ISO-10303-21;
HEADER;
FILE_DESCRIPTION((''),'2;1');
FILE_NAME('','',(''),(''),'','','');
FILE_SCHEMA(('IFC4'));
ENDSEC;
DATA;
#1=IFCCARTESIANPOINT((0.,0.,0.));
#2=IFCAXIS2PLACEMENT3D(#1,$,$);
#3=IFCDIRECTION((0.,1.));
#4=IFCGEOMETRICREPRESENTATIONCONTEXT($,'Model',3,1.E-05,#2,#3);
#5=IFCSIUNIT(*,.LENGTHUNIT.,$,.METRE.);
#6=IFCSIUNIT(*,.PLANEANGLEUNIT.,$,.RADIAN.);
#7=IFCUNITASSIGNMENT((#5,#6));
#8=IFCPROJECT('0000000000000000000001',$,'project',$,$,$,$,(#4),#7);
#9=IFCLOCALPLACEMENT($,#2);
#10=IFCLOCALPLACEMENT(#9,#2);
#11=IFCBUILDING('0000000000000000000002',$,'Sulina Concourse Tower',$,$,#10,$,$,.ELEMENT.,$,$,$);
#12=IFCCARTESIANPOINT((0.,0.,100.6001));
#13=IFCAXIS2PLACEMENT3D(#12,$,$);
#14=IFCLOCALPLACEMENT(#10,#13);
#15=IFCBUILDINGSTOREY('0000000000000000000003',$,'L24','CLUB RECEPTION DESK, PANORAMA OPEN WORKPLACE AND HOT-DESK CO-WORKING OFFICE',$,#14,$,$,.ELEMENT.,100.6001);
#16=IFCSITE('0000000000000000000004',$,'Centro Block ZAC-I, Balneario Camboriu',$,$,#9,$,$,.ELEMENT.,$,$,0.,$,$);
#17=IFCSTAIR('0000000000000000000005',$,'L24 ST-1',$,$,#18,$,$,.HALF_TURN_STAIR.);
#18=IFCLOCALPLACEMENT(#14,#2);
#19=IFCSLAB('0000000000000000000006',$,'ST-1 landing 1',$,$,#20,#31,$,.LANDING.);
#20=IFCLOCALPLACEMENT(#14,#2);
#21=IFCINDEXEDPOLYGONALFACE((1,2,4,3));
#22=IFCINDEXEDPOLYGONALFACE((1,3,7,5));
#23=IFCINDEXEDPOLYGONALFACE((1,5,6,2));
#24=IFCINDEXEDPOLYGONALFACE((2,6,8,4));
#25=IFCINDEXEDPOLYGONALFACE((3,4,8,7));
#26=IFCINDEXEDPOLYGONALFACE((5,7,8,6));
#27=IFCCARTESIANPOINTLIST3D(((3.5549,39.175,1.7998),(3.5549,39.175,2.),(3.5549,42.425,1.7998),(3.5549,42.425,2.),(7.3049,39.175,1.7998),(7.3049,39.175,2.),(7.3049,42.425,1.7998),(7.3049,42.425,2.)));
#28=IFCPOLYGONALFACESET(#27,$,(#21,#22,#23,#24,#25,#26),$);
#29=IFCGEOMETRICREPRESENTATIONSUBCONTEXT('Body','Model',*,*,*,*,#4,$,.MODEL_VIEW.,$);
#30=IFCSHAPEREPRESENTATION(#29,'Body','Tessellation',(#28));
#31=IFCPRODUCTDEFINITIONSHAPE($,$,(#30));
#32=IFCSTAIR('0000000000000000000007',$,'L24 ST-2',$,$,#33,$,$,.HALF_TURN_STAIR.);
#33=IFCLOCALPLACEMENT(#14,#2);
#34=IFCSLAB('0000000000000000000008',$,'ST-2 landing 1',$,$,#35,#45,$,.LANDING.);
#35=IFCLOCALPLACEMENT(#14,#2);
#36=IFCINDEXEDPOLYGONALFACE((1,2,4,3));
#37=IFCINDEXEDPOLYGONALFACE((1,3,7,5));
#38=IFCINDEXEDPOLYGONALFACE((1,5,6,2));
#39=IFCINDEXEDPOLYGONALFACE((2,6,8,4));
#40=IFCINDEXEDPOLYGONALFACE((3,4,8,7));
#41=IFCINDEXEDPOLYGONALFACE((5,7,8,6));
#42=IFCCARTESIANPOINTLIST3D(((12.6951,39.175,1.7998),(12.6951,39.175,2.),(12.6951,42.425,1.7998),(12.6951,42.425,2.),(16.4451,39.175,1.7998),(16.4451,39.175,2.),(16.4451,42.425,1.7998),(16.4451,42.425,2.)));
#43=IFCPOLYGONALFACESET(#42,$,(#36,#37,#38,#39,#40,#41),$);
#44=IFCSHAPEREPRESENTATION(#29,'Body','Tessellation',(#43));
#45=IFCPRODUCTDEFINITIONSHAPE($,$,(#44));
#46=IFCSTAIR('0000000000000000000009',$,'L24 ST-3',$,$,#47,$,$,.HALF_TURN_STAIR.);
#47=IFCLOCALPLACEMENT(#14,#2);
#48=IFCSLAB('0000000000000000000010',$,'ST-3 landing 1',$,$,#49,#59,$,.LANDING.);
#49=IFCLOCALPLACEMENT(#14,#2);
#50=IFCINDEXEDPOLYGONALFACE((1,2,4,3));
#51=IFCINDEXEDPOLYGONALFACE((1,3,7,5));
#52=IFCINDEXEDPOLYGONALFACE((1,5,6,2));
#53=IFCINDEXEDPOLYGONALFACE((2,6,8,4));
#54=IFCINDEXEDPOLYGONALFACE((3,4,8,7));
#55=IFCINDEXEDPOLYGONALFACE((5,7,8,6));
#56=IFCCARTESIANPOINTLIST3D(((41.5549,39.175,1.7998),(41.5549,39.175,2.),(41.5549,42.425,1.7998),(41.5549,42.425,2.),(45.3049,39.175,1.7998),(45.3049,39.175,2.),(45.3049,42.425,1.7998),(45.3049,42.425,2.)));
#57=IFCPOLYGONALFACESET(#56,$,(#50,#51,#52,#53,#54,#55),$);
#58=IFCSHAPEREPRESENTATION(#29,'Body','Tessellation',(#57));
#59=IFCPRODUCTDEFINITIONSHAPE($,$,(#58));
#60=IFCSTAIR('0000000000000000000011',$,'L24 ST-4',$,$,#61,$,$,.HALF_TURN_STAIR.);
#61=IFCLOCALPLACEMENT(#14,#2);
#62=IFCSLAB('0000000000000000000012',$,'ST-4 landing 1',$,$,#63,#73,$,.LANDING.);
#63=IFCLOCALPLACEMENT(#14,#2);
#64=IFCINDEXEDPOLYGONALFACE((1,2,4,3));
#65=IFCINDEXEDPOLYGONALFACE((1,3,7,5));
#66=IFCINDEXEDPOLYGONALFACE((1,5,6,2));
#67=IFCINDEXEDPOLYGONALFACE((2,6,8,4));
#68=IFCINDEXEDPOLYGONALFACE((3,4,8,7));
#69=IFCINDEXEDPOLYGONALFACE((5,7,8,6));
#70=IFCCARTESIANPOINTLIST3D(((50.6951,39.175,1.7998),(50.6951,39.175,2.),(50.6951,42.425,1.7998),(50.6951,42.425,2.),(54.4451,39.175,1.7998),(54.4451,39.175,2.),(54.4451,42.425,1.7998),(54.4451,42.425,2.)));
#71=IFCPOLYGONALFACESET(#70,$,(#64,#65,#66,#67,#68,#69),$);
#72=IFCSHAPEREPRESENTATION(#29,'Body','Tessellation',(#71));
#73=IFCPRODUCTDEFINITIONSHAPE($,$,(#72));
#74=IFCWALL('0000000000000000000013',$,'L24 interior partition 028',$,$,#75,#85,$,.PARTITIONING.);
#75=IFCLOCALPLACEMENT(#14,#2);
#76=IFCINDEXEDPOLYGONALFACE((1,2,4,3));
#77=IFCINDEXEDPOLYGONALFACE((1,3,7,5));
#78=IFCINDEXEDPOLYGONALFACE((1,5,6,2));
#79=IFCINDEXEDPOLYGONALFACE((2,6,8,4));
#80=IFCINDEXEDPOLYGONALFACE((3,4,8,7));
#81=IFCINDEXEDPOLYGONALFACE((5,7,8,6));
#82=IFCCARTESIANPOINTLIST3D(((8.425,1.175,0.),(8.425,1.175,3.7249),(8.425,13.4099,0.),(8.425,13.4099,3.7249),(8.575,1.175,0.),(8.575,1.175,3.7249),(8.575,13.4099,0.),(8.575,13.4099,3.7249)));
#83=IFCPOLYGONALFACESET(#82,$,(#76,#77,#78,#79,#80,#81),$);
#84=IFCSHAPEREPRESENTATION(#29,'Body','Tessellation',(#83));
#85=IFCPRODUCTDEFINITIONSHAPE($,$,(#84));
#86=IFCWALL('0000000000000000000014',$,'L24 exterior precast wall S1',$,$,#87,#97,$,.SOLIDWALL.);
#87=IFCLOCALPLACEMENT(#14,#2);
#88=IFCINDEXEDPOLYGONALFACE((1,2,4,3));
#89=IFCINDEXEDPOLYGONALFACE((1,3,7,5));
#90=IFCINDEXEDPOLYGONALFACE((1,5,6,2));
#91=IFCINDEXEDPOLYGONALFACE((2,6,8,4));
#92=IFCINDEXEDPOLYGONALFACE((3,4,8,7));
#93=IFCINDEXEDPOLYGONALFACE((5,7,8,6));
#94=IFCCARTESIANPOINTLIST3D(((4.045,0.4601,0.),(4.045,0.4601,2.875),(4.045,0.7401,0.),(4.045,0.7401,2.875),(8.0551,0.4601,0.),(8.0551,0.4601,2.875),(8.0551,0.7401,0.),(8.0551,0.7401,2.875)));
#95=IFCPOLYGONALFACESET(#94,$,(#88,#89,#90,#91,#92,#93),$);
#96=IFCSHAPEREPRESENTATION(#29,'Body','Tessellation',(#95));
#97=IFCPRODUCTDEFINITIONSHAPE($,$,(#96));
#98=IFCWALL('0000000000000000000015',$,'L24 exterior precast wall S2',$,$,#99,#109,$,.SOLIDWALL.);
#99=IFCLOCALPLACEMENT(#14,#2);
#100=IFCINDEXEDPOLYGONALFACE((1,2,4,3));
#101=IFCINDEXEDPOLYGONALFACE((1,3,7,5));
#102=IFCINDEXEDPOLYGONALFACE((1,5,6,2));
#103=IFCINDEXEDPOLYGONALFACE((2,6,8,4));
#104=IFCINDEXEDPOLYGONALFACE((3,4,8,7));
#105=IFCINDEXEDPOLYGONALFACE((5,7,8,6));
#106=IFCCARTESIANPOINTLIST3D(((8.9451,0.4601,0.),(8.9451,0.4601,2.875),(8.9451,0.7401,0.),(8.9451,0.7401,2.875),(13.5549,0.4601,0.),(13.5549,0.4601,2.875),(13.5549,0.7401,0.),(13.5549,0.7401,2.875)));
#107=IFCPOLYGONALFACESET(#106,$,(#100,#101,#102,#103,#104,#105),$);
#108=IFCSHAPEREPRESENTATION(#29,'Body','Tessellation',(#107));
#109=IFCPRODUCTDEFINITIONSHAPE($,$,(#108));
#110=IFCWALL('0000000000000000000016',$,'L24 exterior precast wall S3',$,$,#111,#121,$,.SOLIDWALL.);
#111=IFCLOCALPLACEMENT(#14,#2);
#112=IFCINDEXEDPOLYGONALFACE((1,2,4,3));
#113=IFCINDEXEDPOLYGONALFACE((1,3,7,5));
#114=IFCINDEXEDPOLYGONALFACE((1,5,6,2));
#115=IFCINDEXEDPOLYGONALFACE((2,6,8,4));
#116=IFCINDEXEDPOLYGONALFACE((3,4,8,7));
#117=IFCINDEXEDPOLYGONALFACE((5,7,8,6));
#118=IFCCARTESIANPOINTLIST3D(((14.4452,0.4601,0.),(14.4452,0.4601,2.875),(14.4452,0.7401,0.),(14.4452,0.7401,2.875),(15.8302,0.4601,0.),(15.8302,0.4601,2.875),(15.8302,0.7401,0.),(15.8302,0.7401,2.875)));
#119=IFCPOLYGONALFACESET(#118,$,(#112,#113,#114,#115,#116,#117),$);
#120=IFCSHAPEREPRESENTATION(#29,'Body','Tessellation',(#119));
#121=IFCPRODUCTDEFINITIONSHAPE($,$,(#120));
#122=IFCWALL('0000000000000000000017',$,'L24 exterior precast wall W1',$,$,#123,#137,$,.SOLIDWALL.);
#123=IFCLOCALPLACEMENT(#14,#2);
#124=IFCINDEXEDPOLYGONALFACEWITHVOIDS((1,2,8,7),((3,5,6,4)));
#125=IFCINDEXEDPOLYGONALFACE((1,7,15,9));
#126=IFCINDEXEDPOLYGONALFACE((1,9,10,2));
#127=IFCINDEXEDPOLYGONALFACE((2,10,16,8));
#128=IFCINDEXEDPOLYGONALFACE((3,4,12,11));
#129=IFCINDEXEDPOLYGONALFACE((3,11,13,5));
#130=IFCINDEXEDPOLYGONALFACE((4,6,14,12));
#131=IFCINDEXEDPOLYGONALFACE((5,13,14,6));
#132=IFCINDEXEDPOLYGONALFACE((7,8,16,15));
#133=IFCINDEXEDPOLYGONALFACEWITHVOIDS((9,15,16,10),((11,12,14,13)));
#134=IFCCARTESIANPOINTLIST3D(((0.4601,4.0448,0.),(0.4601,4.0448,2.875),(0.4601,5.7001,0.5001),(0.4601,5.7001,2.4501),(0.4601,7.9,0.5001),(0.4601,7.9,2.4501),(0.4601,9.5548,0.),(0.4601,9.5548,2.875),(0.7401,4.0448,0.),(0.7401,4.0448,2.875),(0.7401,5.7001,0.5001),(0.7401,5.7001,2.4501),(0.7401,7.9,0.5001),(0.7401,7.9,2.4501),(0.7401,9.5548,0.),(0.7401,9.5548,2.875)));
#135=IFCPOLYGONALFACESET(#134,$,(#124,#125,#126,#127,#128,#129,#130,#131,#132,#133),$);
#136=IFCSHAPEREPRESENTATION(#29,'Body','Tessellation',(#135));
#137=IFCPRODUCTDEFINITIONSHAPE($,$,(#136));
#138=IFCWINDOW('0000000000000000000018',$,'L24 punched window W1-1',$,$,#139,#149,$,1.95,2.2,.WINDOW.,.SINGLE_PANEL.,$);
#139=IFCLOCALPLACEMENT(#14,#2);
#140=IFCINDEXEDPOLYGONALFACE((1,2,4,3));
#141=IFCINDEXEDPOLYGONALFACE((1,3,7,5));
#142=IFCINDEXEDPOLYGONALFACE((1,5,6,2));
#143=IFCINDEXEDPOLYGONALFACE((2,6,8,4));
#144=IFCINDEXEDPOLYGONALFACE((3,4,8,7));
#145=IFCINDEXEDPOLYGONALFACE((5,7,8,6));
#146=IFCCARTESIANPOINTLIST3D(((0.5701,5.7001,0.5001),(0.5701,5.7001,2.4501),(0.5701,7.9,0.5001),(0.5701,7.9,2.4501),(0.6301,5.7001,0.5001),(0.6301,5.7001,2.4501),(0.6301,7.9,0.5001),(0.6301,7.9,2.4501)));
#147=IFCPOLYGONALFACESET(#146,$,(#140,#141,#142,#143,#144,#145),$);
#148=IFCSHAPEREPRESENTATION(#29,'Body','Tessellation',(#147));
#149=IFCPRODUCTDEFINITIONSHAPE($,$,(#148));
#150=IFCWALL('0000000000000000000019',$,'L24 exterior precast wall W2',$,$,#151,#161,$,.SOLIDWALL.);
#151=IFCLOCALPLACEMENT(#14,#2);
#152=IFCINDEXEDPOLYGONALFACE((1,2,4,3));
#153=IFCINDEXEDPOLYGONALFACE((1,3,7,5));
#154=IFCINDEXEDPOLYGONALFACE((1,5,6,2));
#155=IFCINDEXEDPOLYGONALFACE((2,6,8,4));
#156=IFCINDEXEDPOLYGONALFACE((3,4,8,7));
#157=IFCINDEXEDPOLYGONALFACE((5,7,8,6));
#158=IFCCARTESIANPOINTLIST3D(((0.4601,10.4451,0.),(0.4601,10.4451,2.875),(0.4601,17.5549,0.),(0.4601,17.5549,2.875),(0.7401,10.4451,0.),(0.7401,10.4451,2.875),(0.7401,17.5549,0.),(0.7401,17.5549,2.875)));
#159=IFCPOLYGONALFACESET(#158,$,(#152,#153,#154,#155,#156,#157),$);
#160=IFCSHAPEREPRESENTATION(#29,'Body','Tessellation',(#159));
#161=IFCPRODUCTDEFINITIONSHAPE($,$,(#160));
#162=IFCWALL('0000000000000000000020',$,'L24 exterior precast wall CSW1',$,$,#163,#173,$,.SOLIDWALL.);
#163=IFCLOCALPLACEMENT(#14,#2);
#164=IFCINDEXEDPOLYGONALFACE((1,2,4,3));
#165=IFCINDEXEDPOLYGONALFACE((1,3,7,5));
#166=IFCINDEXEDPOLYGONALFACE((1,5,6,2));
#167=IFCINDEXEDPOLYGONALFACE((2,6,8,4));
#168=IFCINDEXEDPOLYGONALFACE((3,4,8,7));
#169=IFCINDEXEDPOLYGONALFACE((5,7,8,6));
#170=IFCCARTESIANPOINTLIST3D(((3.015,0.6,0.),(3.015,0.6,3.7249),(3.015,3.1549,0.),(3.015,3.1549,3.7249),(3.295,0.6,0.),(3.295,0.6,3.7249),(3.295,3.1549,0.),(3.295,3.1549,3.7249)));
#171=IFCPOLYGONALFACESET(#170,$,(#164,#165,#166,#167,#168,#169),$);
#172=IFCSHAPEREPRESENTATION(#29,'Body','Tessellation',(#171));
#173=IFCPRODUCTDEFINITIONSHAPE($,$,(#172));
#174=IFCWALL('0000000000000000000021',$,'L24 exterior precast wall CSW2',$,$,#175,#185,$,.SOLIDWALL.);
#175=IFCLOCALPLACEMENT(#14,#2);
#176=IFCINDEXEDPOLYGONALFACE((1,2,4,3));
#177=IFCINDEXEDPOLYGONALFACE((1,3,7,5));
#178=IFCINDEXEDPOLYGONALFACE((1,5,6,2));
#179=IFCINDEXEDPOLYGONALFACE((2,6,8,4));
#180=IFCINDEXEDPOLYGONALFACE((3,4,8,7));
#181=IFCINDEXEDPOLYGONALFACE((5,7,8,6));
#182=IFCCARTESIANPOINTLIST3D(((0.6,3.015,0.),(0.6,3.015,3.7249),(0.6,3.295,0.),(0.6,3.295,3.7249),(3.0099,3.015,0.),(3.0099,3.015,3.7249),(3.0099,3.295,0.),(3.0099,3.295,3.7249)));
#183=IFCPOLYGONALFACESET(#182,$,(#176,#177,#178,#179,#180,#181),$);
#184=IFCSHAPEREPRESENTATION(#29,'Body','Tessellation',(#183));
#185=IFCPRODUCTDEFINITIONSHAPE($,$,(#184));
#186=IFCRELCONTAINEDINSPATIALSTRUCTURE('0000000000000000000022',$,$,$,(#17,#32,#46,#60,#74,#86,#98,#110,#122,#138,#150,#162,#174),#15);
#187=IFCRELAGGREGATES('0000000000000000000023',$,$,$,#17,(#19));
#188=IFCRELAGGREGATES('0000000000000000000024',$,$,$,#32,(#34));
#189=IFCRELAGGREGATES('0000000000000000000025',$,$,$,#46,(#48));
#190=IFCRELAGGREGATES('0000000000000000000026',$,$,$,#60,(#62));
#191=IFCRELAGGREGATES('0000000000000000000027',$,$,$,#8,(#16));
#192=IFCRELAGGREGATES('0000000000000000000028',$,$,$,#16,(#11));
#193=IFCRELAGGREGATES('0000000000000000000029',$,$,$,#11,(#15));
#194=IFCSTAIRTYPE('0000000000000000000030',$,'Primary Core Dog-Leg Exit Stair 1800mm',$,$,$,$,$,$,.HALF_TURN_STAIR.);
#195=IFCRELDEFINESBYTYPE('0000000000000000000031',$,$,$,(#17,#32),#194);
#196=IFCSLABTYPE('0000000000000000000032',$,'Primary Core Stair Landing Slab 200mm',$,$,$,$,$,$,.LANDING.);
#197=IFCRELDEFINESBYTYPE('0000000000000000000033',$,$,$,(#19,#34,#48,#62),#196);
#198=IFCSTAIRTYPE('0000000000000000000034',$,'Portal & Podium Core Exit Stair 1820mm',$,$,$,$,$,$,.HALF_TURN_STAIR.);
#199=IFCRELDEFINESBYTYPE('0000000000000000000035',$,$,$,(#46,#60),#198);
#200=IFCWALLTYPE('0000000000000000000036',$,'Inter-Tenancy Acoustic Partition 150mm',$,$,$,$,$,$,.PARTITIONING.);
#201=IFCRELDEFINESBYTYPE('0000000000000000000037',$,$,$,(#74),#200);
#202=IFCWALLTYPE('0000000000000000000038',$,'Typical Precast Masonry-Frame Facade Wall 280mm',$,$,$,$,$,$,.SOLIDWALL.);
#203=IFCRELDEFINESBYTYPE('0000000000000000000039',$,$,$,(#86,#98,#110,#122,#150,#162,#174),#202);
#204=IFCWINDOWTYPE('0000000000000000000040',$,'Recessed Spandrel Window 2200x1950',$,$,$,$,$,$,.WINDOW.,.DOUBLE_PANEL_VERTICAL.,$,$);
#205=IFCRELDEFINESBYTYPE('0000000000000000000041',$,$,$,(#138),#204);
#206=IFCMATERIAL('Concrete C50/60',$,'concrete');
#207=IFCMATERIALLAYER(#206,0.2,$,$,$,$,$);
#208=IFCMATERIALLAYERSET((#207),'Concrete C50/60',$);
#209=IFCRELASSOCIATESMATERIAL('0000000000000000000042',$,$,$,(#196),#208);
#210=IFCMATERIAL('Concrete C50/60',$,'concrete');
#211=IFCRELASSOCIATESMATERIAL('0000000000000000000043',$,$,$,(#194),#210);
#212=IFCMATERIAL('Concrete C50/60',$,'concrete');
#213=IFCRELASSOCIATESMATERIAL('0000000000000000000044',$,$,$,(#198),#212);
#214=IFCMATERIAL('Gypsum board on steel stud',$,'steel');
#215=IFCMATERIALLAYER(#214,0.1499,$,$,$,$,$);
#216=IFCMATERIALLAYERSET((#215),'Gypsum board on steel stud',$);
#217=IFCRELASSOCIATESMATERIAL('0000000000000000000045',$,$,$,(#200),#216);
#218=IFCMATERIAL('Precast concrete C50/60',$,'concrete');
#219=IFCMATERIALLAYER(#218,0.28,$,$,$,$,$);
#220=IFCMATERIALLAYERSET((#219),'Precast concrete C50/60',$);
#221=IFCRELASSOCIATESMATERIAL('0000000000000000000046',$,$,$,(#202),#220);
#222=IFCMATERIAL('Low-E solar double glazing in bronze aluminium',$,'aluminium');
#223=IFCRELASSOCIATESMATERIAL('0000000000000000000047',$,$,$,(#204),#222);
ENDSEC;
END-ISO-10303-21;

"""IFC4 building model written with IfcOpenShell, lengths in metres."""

from ifc_helpers import new_model, si_unit, direction, frame, frame_2d, origin, place, context, subcontext, project, spatial, polyline, rectangle, outline, extrude, material, layer, layer_set, type_object, element, fill, aggregate, save


model = new_model("IFC4")

# Units and contexts
model_context = context("Model", 3, precision=1e-05, world=origin(), true_north=direction((0.0, 1.0)))
body_context = subcontext(model_context, "Body", "Model", "MODEL_VIEW")
ifc_project = project(units=[si_unit("LENGTHUNIT", "METRE"), si_unit("PLANEANGLEUNIT", "RADIAN")], contexts=[model_context])

# Site, building, storey
site_placement = place(None, origin())
site = spatial("IfcSite", under=ifc_project, at=site_placement, Name="Centro Block ZAC-I, Balneario Camboriu", CompositionType="ELEMENT", RefElevation=0.0)
building_placement = place(site_placement, origin())
building = spatial("IfcBuilding", under=site, at=building_placement, Name="Sulina Concourse Tower", CompositionType="ELEMENT")
storey_placement = place(building_placement, frame((0.0, 0.0, 100.6001)))
storey = spatial("IfcBuildingStorey", under=building, at=storey_placement, Name="L24", Description="CLUB RECEPTION DESK, PANORAMA OPEN WORKPLACE AND HOT-DESK CO-WORKING OFFICE", CompositionType="ELEMENT", Elevation=100.6001)

# Shared definitions
ifc_material_1 = material(Name="Concrete C50/60", Category="concrete")
ifc_layer_1 = layer(ifc_material_1, 0.2)
ifc_layer_set_1 = layer_set([ifc_layer_1], Name="Concrete C50/60")
slab_type_1 = type_object("IfcSlabType", Name="Primary Core Stair Landing Slab 200mm", PredefinedType="LANDING", material=ifc_layer_set_1)

# Stairs, slabs
ifc_material_2 = material(Name="Concrete C50/60", Category="concrete")
stair_type_1 = type_object("IfcStairType", Name="Primary Core Dog-Leg Exit Stair 1800mm", PredefinedType="HALF_TURN_STAIR", material=ifc_material_2)
stair_1_placement = place(storey_placement, origin())
stair_1 = element("IfcStair", 1, at=stair_1_placement, inside=storey, type_object=stair_type_1, Name="L24 ST-1", PredefinedType="HALF_TURN_STAIR")
slab_1_placement = place(storey_placement, frame((0.0, 0.0, 1.7998)))
slab_1 = element("IfcSlab", 2, at=slab_1_placement, type_object=slab_type_1, Name="ST-1 landing 1", PredefinedType="LANDING", context=body_context, shape_type="SweptSolid", body=[
    extrude(outline(polyline([(7.3049, 39.175), (7.3049, 42.425), (3.5549, 42.425), (3.5549, 39.175), (7.3049, 39.175)])), origin(), (0.0, 0.0, 1.0), 0.2002),
])
aggregate(stair_1, [slab_1])
stair_2_placement = place(storey_placement, origin())
stair_2 = element("IfcStair", 3, at=stair_2_placement, inside=storey, type_object=stair_type_1, Name="L24 ST-2", PredefinedType="HALF_TURN_STAIR")
slab_2_placement = place(storey_placement, frame((0.0, 0.0, 1.7998)))
slab_2 = element("IfcSlab", 4, at=slab_2_placement, type_object=slab_type_1, Name="ST-2 landing 1", PredefinedType="LANDING", context=body_context, shape_type="SweptSolid", body=[
    extrude(outline(polyline([(16.4451, 39.175), (16.4451, 42.425), (12.6951, 42.425), (12.6951, 39.175), (16.4451, 39.175)])), origin(), (0.0, 0.0, 1.0), 0.2002),
])
aggregate(stair_2, [slab_2])
ifc_material_3 = material(Name="Concrete C50/60", Category="concrete")
stair_type_2 = type_object("IfcStairType", Name="Portal & Podium Core Exit Stair 1820mm", PredefinedType="HALF_TURN_STAIR", material=ifc_material_3)
stair_3_placement = place(storey_placement, origin())
stair_3 = element("IfcStair", 5, at=stair_3_placement, inside=storey, type_object=stair_type_2, Name="L24 ST-3", PredefinedType="HALF_TURN_STAIR")
slab_3_placement = place(storey_placement, frame((0.0, 0.0, 1.7998)))
slab_3 = element("IfcSlab", 6, at=slab_3_placement, type_object=slab_type_1, Name="ST-3 landing 1", PredefinedType="LANDING", context=body_context, shape_type="SweptSolid", body=[
    extrude(outline(polyline([(45.3049, 39.175), (45.3049, 42.425), (41.5549, 42.425), (41.5549, 39.175), (45.3049, 39.175)])), origin(), (0.0, 0.0, 1.0), 0.2002),
])
aggregate(stair_3, [slab_3])
stair_4_placement = place(storey_placement, origin())
stair_4 = element("IfcStair", 7, at=stair_4_placement, inside=storey, type_object=stair_type_2, Name="L24 ST-4", PredefinedType="HALF_TURN_STAIR")
slab_4_placement = place(storey_placement, frame((0.0, 0.0, 1.7998)))
slab_4 = element("IfcSlab", 8, at=slab_4_placement, type_object=slab_type_1, Name="ST-4 landing 1", PredefinedType="LANDING", context=body_context, shape_type="SweptSolid", body=[
    extrude(outline(polyline([(54.4451, 39.175), (54.4451, 42.425), (50.6951, 42.425), (50.6951, 39.175), (54.4451, 39.175)])), origin(), (0.0, 0.0, 1.0), 0.2002),
])
aggregate(stair_4, [slab_4])

# Walls
ifc_material_4 = material(Name="Gypsum board on steel stud", Category="steel")
ifc_layer_2 = layer(ifc_material_4, 0.1499)
ifc_layer_set_2 = layer_set([ifc_layer_2], Name="Gypsum board on steel stud")
wall_type_1 = type_object("IfcWallType", Name="Inter-Tenancy Acoustic Partition 150mm", PredefinedType="PARTITIONING", material=ifc_layer_set_2)
wall_1_placement = place(storey_placement, frame((8.5, 1.175, 0.0), z_axis=(0.0, 0.0, 1.0), x_axis=(0.0, 1.0, 0.0)))
element("IfcWall", 9, at=wall_1_placement, inside=storey, type_object=wall_type_1, Name="L24 interior partition 028", PredefinedType="PARTITIONING", context=body_context, shape_type="SweptSolid", body=[
    extrude(rectangle(XDim=12.2349, YDim=0.1499, at=frame_2d((6.1174, 0.0))), origin(), (0.0, 0.0, 1.0), 3.7249),
])
ifc_material_5 = material(Name="Precast concrete C50/60", Category="concrete")
ifc_layer_3 = layer(ifc_material_5, 0.28)
ifc_layer_set_3 = layer_set([ifc_layer_3], Name="Precast concrete C50/60")
wall_type_2 = type_object("IfcWallType", Name="Typical Precast Masonry-Frame Facade Wall 280mm", PredefinedType="SOLIDWALL", material=ifc_layer_set_3)
wall_2_placement = place(storey_placement, frame((8.0549, 0.6001, 0.0), z_axis=(0.0, 0.0, 1.0), x_axis=(-1.0, 0.0, 0.0)))
element("IfcWall", 10, at=wall_2_placement, inside=storey, type_object=wall_type_2, Name="L24 exterior precast wall S1", PredefinedType="SOLIDWALL", context=body_context, shape_type="SweptSolid", body=[
    extrude(rectangle(XDim=4.01, YDim=0.28, at=frame_2d((2.0049, 0.0))), origin(), (0.0, 0.0, 1.0), 2.875),
])
wall_3_placement = place(storey_placement, frame((13.5549, 0.6001, 0.0), z_axis=(0.0, 0.0, 1.0), x_axis=(-1.0, 0.0, 0.0)))
element("IfcWall", 11, at=wall_3_placement, inside=storey, type_object=wall_type_2, Name="L24 exterior precast wall S2", PredefinedType="SOLIDWALL", context=body_context, shape_type="SweptSolid", body=[
    extrude(rectangle(XDim=4.6099, YDim=0.28, at=frame_2d((2.3049, 0.0))), origin(), (0.0, 0.0, 1.0), 2.875),
])
wall_4_placement = place(storey_placement, frame((15.8301, 0.6001, 0.0), z_axis=(0.0, 0.0, 1.0), x_axis=(-1.0, 0.0, 0.0)))
element("IfcWall", 12, at=wall_4_placement, inside=storey, type_object=wall_type_2, Name="L24 exterior precast wall S3", PredefinedType="SOLIDWALL", context=body_context, shape_type="SweptSolid", body=[
    extrude(rectangle(XDim=1.385, YDim=0.28, at=frame_2d((0.6924, 0.0))), origin(), (0.0, 0.0, 1.0), 2.875),
])

# Wall, opening, window
wall_5_placement = place(storey_placement, frame((0.6001, 4.0449, 0.0), z_axis=(0.0, 0.0, 1.0), x_axis=(0.0, 1.0, 0.0)))
wall_5 = element("IfcWall", 13, at=wall_5_placement, inside=storey, type_object=wall_type_2, Name="L24 exterior precast wall W1", PredefinedType="SOLIDWALL", context=body_context, shape_type="SweptSolid", body=[
    extrude(rectangle(XDim=5.51, YDim=0.28, at=frame_2d((2.7549, 0.0))), origin(), (0.0, 0.0, 1.0), 2.875),
])
opening_placement = place(wall_5_placement, frame((1.655, 0.0, 0.5)))
opening = element("IfcOpeningElement", 14, at=opening_placement, cuts=wall_5, PredefinedType="OPENING", context=body_context, shape_type="SweptSolid", body=[
    extrude(rectangle(XDim=2.2, YDim=1.95, at=frame_2d((1.1001, 0.9751))), frame((0.0, 0.1499, 0.0), z_axis=(0.0, -1.0, 0.0), x_axis=(1.0, 0.0, 0.0)), (0.0, 0.0, 1.0), 0.3),
])
ifc_material_6 = material(Name="Low-E solar double glazing in bronze aluminium", Category="aluminium")
window_type = type_object("IfcWindowType", Name="Recessed Spandrel Window 2200x1950", PartitioningType="DOUBLE_PANEL_VERTICAL", PredefinedType="WINDOW", material=ifc_material_6)
window_placement = place(opening_placement, origin())
window = element("IfcWindow", 15, at=window_placement, inside=storey, type_object=window_type, Name="L24 punched window W1-1", OverallHeight=1.95, OverallWidth=2.2, PartitioningType="SINGLE_PANEL", PredefinedType="WINDOW", context=body_context, shape_type="SweptSolid", body=[
    extrude(rectangle(XDim=2.2, YDim=1.95, at=frame_2d((1.1001, 0.9751))), frame((0.0, 0.03, 0.0), z_axis=(0.0, -1.0, 0.0), x_axis=(1.0, 0.0, 0.0)), (0.0, 0.0, 1.0), 0.0601),
])
fill(opening, window)

# Walls
wall_6_placement = place(storey_placement, frame((0.6001, 10.4451, 0.0), z_axis=(0.0, 0.0, 1.0), x_axis=(0.0, 1.0, 0.0)))
element("IfcWall", 16, at=wall_6_placement, inside=storey, type_object=wall_type_2, Name="L24 exterior precast wall W2", PredefinedType="SOLIDWALL", context=body_context, shape_type="SweptSolid", body=[
    extrude(rectangle(XDim=7.1099, YDim=0.28, at=frame_2d((3.5549, 0.0))), origin(), (0.0, 0.0, 1.0), 2.875),
])
wall_7_placement = place(storey_placement, frame((3.155, 0.6001, 0.0), z_axis=(0.0, 0.0, 1.0), x_axis=(0.0, 1.0, 0.0)))
element("IfcWall", 17, at=wall_7_placement, inside=storey, type_object=wall_type_2, Name="L24 exterior precast wall CSW1", PredefinedType="SOLIDWALL", context=body_context, shape_type="SweptSolid", body=[
    extrude(rectangle(XDim=2.5549, YDim=0.28, at=frame_2d((1.2773, 0.0))), origin(), (0.0, 0.0, 1.0), 3.7249),
])
wall_8_placement = place(storey_placement, frame((3.01, 3.155, 0.0), z_axis=(0.0, 0.0, 1.0), x_axis=(-1.0, 0.0, 0.0)))
element("IfcWall", 18, at=wall_8_placement, inside=storey, type_object=wall_type_2, Name="L24 exterior precast wall CSW2", PredefinedType="SOLIDWALL", context=body_context, shape_type="SweptSolid", body=[
    extrude(rectangle(XDim=2.4099, YDim=0.28, at=frame_2d((1.2051, 0.0))), origin(), (0.0, 0.0, 1.0), 3.7249),
])

save(model, "model.ifc")
